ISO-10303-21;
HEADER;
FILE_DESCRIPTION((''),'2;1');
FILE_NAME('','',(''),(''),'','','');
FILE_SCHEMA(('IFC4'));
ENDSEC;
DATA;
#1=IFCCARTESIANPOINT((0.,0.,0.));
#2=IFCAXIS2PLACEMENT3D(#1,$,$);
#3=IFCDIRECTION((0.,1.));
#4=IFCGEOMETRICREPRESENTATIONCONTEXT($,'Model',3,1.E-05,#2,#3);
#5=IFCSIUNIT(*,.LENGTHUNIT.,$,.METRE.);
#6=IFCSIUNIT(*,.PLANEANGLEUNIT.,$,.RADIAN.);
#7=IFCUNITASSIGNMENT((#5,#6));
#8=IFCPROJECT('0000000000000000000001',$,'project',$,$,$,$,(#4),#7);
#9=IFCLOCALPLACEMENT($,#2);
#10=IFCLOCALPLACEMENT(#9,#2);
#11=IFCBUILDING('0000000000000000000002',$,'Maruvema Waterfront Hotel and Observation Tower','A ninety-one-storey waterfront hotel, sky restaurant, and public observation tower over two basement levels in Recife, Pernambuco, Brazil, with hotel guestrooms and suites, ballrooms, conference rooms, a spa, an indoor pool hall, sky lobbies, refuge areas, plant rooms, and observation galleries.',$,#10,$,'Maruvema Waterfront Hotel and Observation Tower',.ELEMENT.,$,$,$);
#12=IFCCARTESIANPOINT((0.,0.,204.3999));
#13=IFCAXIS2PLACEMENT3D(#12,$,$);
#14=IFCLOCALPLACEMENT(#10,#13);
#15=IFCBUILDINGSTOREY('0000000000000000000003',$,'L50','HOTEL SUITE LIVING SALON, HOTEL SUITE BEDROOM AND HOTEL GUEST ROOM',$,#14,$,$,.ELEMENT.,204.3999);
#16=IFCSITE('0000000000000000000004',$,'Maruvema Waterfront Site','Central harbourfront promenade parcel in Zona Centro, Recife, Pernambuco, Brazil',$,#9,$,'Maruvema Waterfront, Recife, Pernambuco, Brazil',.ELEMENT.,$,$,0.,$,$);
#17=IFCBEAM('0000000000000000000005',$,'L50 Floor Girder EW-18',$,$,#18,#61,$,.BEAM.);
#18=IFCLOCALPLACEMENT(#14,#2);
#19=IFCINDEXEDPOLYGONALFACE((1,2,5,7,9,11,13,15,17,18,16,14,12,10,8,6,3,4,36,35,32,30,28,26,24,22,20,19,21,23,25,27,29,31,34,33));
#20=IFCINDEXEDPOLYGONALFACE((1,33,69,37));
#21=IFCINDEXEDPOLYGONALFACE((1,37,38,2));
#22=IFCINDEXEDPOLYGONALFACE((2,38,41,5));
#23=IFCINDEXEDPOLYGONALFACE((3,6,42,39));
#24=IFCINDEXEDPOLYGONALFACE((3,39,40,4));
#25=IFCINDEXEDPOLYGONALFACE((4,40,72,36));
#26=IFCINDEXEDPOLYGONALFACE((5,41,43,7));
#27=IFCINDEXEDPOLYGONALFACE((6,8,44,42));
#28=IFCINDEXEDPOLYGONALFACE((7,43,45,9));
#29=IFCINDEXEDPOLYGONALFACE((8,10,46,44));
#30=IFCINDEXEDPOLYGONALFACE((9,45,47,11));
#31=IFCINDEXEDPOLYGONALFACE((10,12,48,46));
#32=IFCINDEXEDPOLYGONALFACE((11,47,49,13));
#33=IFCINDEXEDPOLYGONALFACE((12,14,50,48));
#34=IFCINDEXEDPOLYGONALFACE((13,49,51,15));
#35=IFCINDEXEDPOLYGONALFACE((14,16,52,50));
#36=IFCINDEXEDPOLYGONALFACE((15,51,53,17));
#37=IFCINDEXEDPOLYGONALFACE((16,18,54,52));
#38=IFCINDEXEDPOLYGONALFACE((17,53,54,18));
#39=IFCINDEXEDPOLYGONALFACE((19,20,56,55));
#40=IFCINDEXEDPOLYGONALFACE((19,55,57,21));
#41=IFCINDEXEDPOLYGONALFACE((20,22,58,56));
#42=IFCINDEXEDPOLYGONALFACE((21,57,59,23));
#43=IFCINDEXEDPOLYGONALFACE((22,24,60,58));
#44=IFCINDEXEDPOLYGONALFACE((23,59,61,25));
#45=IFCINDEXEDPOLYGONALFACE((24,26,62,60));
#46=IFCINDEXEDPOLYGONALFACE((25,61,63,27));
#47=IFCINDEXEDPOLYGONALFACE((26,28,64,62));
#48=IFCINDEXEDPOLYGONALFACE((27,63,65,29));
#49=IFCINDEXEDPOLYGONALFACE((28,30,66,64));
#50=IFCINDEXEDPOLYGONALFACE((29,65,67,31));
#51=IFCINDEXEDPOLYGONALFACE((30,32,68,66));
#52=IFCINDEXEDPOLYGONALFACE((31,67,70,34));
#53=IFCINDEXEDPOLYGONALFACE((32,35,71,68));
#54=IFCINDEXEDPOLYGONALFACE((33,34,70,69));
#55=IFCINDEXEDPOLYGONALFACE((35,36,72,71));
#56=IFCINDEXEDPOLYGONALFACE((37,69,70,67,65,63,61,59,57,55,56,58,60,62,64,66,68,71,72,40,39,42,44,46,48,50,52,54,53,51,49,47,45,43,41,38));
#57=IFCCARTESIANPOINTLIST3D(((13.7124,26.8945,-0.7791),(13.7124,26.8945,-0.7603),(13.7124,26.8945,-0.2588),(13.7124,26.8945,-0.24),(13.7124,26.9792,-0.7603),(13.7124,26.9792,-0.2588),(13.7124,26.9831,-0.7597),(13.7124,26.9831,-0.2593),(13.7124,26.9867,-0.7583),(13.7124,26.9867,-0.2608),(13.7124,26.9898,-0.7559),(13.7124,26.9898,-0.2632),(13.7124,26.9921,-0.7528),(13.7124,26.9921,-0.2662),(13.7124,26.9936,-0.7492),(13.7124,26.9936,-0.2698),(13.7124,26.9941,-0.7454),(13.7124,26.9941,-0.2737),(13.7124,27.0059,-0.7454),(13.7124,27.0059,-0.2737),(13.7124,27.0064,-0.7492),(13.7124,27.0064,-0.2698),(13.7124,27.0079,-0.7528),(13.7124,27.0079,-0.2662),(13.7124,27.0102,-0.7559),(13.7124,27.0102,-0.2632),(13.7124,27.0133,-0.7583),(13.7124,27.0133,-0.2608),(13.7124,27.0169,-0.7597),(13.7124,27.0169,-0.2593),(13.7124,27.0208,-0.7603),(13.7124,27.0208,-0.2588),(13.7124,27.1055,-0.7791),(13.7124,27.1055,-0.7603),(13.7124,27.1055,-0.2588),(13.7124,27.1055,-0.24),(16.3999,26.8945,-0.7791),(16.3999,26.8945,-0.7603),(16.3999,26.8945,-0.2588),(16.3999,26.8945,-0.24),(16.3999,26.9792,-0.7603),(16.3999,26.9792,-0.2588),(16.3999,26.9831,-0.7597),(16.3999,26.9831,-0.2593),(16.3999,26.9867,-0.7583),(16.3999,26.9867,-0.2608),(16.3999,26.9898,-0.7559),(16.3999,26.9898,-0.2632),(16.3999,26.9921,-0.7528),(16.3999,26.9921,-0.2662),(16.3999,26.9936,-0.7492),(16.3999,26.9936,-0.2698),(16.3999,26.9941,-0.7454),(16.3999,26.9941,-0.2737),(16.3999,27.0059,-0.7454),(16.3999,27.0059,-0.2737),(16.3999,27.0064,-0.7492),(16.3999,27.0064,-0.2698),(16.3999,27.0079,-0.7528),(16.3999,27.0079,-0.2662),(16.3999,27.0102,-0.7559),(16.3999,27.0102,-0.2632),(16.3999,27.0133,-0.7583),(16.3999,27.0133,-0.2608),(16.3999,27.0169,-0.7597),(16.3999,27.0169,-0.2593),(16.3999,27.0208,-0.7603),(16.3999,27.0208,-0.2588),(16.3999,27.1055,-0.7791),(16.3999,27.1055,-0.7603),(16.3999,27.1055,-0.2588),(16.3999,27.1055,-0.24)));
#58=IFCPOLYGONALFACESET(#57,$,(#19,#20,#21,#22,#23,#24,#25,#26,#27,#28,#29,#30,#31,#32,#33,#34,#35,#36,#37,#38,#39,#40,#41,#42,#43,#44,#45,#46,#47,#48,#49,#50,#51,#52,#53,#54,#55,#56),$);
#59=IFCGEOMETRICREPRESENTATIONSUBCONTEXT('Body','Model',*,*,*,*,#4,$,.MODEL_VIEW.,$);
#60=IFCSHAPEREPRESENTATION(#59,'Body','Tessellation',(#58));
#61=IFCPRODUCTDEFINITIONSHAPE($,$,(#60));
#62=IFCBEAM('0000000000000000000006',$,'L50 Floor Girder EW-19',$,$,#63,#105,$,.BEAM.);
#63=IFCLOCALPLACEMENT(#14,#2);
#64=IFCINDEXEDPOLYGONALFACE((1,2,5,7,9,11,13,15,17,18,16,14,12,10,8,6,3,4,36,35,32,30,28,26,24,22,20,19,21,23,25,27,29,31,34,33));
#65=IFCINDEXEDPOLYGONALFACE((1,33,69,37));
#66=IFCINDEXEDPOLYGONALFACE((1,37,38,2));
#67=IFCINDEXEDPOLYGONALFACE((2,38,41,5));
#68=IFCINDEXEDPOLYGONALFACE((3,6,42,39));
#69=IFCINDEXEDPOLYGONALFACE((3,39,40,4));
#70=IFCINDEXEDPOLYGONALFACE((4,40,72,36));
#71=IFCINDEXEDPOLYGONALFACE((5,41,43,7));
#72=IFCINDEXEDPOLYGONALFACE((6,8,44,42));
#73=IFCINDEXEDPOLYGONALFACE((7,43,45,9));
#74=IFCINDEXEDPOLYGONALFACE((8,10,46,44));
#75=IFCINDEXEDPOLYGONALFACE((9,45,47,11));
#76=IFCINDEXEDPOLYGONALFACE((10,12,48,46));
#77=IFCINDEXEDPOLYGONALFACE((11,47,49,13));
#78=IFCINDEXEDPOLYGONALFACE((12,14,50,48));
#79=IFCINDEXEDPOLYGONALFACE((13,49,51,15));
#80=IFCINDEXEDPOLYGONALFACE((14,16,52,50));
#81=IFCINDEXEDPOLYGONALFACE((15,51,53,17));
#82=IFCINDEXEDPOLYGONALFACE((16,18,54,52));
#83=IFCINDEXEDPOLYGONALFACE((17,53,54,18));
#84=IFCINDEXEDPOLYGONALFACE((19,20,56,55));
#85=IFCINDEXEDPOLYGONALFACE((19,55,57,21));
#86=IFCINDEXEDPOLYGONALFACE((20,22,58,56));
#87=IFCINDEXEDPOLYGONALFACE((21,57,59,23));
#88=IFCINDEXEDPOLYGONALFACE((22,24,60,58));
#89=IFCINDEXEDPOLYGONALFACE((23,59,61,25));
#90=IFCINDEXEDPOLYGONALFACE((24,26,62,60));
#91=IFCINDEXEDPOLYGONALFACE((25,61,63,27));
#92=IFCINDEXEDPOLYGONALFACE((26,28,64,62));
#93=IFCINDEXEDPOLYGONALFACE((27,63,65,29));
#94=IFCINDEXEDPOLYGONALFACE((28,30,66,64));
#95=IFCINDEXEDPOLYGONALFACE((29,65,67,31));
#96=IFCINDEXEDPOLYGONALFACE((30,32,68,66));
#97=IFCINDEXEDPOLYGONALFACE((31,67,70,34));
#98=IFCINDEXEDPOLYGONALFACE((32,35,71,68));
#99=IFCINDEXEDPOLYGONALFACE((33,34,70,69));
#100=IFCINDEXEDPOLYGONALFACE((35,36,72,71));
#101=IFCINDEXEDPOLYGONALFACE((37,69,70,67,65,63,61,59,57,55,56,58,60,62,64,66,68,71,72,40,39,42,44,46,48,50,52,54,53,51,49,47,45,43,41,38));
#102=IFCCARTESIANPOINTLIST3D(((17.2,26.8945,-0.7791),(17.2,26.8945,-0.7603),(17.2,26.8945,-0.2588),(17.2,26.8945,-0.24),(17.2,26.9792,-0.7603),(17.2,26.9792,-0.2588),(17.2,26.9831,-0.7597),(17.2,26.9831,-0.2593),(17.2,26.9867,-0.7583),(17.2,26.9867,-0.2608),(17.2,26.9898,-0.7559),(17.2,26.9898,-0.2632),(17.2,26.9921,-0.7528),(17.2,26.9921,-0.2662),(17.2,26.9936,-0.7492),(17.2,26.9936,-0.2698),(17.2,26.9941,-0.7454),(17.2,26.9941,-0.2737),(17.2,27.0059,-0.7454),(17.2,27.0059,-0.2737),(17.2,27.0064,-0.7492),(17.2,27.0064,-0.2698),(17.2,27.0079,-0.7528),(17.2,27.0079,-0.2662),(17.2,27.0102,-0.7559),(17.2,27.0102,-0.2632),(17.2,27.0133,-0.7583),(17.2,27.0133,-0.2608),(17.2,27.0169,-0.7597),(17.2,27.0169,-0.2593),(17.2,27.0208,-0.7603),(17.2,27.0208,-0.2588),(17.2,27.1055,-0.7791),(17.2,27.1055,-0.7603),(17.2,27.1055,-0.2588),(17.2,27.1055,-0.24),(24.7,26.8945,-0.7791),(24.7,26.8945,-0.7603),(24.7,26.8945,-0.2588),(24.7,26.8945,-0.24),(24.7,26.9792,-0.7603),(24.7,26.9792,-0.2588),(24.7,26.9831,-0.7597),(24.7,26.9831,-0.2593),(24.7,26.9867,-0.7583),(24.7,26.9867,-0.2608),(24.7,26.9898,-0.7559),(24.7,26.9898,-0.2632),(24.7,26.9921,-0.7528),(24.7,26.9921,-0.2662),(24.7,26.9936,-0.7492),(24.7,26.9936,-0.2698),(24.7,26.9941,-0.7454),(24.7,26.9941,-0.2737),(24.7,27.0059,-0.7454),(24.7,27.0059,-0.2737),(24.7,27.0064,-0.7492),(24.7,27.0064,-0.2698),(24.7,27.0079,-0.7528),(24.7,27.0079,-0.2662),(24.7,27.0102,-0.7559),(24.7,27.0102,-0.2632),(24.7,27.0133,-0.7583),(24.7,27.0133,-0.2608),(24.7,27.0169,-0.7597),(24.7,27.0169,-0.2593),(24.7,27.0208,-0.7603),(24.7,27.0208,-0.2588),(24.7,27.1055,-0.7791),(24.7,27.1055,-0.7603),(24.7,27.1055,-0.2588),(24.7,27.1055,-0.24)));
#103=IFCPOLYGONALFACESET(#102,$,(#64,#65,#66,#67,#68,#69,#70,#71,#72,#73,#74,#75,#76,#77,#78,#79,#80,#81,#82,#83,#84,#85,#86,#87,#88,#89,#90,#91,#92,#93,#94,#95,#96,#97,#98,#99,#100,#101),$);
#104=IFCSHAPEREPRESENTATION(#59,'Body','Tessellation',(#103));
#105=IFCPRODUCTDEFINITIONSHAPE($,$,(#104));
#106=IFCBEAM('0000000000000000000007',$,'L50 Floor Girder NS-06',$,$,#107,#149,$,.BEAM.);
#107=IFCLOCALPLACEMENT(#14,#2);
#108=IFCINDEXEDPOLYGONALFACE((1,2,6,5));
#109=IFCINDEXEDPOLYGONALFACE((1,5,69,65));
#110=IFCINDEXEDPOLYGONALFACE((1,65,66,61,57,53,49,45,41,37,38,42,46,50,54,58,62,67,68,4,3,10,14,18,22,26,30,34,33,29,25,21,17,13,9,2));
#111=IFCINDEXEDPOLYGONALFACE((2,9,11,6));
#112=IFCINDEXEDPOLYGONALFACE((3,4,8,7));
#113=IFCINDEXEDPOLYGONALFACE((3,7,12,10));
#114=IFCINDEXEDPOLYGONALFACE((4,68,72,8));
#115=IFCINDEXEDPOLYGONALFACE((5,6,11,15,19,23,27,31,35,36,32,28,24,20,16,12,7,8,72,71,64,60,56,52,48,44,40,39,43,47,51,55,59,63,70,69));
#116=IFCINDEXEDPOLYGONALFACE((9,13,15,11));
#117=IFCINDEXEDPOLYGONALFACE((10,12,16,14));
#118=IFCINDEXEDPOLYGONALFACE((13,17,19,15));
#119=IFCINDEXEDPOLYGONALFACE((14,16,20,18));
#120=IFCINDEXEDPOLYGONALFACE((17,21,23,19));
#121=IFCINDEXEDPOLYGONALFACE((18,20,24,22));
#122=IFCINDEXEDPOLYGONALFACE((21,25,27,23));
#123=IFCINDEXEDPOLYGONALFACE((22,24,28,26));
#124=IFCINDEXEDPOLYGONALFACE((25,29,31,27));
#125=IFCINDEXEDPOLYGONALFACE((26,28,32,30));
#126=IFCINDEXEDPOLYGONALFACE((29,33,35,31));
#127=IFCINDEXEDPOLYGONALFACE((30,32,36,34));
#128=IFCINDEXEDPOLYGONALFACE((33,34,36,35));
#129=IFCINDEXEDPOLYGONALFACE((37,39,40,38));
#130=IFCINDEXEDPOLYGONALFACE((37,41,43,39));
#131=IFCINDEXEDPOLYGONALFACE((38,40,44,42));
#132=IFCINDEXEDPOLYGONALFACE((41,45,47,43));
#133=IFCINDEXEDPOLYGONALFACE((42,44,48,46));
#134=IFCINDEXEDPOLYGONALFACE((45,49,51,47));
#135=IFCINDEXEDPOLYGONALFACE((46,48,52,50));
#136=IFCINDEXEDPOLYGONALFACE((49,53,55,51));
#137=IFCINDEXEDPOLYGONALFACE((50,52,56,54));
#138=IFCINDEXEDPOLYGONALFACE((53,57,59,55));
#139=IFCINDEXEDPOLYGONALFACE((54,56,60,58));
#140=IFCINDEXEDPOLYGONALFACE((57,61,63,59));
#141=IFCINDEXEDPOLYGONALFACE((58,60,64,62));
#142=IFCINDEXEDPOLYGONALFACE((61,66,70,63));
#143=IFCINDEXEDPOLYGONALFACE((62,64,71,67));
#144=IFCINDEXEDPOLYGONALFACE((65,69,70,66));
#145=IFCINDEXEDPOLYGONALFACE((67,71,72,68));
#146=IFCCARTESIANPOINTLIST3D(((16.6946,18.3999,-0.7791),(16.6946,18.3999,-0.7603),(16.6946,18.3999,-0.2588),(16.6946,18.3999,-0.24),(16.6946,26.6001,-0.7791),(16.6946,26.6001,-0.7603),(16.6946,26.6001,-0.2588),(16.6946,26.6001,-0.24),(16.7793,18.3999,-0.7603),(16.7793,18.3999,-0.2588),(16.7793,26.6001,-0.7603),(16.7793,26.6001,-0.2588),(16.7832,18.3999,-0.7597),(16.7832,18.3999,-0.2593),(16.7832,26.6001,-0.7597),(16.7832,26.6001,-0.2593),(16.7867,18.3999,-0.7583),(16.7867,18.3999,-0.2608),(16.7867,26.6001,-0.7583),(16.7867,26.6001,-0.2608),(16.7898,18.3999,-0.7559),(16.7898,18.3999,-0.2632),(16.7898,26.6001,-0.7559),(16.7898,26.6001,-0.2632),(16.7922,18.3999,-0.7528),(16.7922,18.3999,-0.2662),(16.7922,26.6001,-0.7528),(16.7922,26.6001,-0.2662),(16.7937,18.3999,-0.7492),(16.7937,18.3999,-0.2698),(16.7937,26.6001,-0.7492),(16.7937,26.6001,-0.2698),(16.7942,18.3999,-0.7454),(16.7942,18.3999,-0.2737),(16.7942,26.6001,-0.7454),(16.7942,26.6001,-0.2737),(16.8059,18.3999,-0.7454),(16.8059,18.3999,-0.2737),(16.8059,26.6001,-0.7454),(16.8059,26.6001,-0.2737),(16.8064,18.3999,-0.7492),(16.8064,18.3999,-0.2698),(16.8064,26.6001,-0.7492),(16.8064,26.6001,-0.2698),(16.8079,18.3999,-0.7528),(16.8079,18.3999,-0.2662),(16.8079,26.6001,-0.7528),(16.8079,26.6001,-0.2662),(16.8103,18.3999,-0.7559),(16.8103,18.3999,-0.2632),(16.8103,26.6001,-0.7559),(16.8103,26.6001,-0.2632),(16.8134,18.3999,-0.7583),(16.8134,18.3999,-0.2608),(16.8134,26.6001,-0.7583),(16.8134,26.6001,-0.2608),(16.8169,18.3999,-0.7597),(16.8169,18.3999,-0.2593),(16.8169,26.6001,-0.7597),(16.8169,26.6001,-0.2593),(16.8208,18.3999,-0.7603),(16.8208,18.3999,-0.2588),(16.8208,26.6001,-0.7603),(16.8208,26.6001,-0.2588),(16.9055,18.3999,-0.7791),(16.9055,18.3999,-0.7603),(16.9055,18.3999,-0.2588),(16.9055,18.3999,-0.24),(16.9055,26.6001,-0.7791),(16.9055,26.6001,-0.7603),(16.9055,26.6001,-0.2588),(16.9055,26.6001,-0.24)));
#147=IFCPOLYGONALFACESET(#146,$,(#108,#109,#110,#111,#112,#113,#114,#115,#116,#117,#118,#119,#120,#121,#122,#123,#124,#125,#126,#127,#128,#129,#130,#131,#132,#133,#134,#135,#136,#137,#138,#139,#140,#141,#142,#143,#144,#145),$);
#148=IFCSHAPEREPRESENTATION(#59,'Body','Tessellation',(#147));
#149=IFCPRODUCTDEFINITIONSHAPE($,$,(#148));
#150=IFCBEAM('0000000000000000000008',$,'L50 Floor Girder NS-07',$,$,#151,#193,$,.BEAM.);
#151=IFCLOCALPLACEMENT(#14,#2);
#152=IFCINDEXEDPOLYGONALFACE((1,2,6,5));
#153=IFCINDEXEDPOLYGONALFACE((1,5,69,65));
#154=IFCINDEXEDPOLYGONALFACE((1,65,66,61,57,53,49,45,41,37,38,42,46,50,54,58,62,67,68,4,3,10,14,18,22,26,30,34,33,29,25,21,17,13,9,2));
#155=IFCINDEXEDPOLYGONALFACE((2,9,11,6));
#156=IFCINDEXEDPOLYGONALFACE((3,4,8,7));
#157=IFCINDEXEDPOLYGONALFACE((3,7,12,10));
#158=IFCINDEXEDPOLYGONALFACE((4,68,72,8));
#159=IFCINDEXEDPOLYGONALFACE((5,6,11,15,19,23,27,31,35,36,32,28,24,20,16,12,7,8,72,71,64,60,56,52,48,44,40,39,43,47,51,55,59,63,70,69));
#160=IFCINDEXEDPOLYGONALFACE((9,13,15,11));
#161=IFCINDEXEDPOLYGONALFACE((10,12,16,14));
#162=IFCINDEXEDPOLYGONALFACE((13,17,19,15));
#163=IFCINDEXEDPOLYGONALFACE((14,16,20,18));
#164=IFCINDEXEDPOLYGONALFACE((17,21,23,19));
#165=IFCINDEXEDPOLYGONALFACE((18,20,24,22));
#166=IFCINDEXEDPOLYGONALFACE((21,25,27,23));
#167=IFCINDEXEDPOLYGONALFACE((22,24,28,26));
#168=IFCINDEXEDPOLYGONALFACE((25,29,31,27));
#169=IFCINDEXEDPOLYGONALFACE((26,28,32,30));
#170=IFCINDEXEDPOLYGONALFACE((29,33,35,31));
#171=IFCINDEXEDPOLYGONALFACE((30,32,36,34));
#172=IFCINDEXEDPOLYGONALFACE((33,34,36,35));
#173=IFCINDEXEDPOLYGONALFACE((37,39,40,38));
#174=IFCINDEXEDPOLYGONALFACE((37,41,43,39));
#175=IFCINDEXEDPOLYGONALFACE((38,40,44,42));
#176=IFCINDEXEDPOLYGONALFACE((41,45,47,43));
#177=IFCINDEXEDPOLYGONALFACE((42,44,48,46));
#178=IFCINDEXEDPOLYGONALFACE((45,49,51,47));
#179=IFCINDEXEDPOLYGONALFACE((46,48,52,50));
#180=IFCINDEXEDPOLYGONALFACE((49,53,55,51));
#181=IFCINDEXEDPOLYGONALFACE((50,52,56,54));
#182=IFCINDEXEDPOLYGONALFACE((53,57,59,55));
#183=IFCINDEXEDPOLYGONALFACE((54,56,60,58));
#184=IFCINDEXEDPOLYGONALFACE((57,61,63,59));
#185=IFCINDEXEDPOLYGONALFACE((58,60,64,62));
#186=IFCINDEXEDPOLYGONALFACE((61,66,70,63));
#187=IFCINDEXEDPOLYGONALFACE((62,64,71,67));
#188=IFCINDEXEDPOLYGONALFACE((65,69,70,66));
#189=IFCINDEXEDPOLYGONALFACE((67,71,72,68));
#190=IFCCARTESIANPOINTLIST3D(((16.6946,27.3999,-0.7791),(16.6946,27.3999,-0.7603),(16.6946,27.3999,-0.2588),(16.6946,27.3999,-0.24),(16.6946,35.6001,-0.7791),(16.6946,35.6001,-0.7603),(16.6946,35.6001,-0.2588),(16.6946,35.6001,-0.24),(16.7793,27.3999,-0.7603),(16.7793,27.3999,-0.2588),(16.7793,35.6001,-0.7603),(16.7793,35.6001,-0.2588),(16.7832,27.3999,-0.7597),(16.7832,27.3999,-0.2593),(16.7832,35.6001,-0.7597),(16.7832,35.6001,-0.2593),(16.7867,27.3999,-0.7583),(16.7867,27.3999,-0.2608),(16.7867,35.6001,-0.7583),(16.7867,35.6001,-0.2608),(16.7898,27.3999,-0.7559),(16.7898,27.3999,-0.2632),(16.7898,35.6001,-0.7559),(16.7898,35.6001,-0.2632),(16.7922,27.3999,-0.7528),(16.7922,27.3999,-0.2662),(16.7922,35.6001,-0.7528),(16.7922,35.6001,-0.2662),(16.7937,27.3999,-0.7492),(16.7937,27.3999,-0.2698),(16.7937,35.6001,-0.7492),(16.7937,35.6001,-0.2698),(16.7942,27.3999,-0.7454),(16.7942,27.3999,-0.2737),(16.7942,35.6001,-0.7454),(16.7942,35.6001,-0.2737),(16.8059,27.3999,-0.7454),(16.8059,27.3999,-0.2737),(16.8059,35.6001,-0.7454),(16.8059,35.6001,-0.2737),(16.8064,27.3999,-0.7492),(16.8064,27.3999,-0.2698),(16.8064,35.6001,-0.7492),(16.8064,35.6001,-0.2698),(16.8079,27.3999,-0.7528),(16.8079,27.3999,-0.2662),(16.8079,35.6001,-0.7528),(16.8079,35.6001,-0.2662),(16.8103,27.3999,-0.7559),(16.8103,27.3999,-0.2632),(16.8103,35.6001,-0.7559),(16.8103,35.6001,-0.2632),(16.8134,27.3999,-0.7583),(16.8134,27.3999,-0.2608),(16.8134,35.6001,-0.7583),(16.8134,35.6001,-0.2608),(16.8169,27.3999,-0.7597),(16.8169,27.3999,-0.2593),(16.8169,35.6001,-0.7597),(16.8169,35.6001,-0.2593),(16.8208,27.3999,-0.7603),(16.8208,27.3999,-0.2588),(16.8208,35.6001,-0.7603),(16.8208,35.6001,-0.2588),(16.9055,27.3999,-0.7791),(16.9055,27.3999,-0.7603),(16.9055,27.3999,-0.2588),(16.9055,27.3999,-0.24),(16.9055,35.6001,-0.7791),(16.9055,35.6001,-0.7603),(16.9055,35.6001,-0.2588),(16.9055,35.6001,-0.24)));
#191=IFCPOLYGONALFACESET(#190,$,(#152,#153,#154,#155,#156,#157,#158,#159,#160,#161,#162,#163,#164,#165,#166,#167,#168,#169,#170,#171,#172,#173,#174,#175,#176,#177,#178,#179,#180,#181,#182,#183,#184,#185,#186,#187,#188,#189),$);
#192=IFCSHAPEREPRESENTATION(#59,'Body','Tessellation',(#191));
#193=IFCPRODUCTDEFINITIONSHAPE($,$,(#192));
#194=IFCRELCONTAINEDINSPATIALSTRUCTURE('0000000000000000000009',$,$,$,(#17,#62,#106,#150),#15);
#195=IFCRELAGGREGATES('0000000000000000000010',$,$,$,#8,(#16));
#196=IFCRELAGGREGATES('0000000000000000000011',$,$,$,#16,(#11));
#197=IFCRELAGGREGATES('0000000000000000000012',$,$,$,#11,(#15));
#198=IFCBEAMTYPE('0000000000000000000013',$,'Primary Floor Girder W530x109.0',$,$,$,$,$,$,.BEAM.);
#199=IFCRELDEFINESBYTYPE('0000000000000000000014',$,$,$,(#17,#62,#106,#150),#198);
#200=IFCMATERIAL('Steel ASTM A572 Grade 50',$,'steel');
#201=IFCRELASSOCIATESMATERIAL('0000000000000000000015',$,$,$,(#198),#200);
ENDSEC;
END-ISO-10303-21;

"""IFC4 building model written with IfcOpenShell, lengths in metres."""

from ifc_helpers import new_model, si_unit, direction, frame, origin, origin_2d, place, context, subcontext, project, spatial, i_section, extrude, material, material_profile, profile_set, type_object, element, save


model = new_model("IFC4")

# Units and contexts
model_context = context("Model", 3, precision=1e-05, world=origin(), true_north=direction((0.0, 1.0)))
body_context = subcontext(model_context, "Body", "Model", "MODEL_VIEW")
ifc_project = project(units=[si_unit("LENGTHUNIT", "METRE"), si_unit("PLANEANGLEUNIT", "RADIAN")], contexts=[model_context])

# Site, building, storey
site_placement = place(None, origin())
site = spatial("IfcSite", under=ifc_project, at=site_placement, Name="Maruvema Waterfront Site", Description="Central harbourfront promenade parcel in Zona Centro, Recife, Pernambuco, Brazil", LongName="Maruvema Waterfront, Recife, Pernambuco, Brazil", CompositionType="ELEMENT", RefElevation=0.0)
building_placement = place(site_placement, origin())
building = spatial("IfcBuilding", under=site, at=building_placement, Name="Maruvema Waterfront Hotel and Observation Tower", Description="A ninety-one-storey waterfront hotel, sky restaurant, and public observation tower over two basement levels in Recife, Pernambuco, Brazil, with hotel guestrooms and suites, ballrooms, conference rooms, a spa, an indoor pool hall, sky lobbies, refuge areas, plant rooms, and observation galleries.", LongName="Maruvema Waterfront Hotel and Observation Tower", CompositionType="ELEMENT")
storey_placement = place(building_placement, frame((0.0, 0.0, 204.3999)))
storey = spatial("IfcBuildingStorey", under=building, at=storey_placement, Name="L50", Description="HOTEL SUITE LIVING SALON, HOTEL SUITE BEDROOM AND HOTEL GUEST ROOM", CompositionType="ELEMENT", Elevation=204.3999)

# Beams
ifc_material_1 = material(Name="Steel ASTM A572 Grade 50", Category="steel")
ifc_material_profile_1 = material_profile(ifc_material_1, i_section(OverallWidth=0.2109, OverallDepth=0.5391, WebThickness=0.0117, FlangeThickness=0.0188, FilletRadius=0.0149, at=origin_2d()), Name="W530x109.0")
ifc_profile_set_1 = profile_set([ifc_material_profile_1], Name="Steel ASTM A572 Grade 50")
beam_type_1 = type_object("IfcBeamType", Name="Primary Floor Girder W530x109.0", PredefinedType="BEAM", material=ifc_profile_set_1)
beam_1_placement = place(storey_placement, frame((13.7124, 27.0, -0.5095), z_axis=(1.0, 0.0, 0.0), x_axis=(0.0, 1.0, 0.0)))
element("IfcBeam", 1, at=beam_1_placement, inside=storey, type_object=beam_type_1, Name="L50 Floor Girder EW-18", PredefinedType="BEAM", context=body_context, shape_type="SweptSolid", body=[
    extrude(i_section(OverallWidth=0.2109, OverallDepth=0.5391, WebThickness=0.0117, FlangeThickness=0.0188, FilletRadius=0.0149, at=origin_2d()), origin(), (0.0, 0.0, 1.0), 2.6875),
])
beam_2_placement = place(storey_placement, frame((17.2, 27.0, -0.5095), z_axis=(1.0, 0.0, 0.0), x_axis=(0.0, 1.0, 0.0)))
element("IfcBeam", 2, at=beam_2_placement, inside=storey, type_object=beam_type_1, Name="L50 Floor Girder EW-19", PredefinedType="BEAM", context=body_context, shape_type="SweptSolid", body=[
    extrude(i_section(OverallWidth=0.2109, OverallDepth=0.5391, WebThickness=0.0117, FlangeThickness=0.0188, FilletRadius=0.0149, at=origin_2d()), origin(), (0.0, 0.0, 1.0), 7.5),
])
for number, where, z_axis, x_axis, name in (
    (3, (16.8, 18.3999, -0.5095), (0.0, 1.0, 0.0), (-1.0, 0.0, 0.0), "L50 Floor Girder NS-06"),
    (4, (16.8, 27.3999, -0.5095), (0.0, 1.0, 0.0), (-1.0, 0.0, 0.0), "L50 Floor Girder NS-07"),
):
    element("IfcBeam", number, at=place(storey_placement, frame(where, z_axis=z_axis, x_axis=x_axis)), inside=storey, type_object=beam_type_1, Name=name, PredefinedType="BEAM", context=body_context, shape_type="SweptSolid", body=[
        extrude(i_section(OverallWidth=0.2109, OverallDepth=0.5391, WebThickness=0.0117, FlangeThickness=0.0188, FilletRadius=0.0149, at=origin_2d()), origin(), (0.0, 0.0, 1.0), 8.2002),
    ])

save(model, "model.ifc")
